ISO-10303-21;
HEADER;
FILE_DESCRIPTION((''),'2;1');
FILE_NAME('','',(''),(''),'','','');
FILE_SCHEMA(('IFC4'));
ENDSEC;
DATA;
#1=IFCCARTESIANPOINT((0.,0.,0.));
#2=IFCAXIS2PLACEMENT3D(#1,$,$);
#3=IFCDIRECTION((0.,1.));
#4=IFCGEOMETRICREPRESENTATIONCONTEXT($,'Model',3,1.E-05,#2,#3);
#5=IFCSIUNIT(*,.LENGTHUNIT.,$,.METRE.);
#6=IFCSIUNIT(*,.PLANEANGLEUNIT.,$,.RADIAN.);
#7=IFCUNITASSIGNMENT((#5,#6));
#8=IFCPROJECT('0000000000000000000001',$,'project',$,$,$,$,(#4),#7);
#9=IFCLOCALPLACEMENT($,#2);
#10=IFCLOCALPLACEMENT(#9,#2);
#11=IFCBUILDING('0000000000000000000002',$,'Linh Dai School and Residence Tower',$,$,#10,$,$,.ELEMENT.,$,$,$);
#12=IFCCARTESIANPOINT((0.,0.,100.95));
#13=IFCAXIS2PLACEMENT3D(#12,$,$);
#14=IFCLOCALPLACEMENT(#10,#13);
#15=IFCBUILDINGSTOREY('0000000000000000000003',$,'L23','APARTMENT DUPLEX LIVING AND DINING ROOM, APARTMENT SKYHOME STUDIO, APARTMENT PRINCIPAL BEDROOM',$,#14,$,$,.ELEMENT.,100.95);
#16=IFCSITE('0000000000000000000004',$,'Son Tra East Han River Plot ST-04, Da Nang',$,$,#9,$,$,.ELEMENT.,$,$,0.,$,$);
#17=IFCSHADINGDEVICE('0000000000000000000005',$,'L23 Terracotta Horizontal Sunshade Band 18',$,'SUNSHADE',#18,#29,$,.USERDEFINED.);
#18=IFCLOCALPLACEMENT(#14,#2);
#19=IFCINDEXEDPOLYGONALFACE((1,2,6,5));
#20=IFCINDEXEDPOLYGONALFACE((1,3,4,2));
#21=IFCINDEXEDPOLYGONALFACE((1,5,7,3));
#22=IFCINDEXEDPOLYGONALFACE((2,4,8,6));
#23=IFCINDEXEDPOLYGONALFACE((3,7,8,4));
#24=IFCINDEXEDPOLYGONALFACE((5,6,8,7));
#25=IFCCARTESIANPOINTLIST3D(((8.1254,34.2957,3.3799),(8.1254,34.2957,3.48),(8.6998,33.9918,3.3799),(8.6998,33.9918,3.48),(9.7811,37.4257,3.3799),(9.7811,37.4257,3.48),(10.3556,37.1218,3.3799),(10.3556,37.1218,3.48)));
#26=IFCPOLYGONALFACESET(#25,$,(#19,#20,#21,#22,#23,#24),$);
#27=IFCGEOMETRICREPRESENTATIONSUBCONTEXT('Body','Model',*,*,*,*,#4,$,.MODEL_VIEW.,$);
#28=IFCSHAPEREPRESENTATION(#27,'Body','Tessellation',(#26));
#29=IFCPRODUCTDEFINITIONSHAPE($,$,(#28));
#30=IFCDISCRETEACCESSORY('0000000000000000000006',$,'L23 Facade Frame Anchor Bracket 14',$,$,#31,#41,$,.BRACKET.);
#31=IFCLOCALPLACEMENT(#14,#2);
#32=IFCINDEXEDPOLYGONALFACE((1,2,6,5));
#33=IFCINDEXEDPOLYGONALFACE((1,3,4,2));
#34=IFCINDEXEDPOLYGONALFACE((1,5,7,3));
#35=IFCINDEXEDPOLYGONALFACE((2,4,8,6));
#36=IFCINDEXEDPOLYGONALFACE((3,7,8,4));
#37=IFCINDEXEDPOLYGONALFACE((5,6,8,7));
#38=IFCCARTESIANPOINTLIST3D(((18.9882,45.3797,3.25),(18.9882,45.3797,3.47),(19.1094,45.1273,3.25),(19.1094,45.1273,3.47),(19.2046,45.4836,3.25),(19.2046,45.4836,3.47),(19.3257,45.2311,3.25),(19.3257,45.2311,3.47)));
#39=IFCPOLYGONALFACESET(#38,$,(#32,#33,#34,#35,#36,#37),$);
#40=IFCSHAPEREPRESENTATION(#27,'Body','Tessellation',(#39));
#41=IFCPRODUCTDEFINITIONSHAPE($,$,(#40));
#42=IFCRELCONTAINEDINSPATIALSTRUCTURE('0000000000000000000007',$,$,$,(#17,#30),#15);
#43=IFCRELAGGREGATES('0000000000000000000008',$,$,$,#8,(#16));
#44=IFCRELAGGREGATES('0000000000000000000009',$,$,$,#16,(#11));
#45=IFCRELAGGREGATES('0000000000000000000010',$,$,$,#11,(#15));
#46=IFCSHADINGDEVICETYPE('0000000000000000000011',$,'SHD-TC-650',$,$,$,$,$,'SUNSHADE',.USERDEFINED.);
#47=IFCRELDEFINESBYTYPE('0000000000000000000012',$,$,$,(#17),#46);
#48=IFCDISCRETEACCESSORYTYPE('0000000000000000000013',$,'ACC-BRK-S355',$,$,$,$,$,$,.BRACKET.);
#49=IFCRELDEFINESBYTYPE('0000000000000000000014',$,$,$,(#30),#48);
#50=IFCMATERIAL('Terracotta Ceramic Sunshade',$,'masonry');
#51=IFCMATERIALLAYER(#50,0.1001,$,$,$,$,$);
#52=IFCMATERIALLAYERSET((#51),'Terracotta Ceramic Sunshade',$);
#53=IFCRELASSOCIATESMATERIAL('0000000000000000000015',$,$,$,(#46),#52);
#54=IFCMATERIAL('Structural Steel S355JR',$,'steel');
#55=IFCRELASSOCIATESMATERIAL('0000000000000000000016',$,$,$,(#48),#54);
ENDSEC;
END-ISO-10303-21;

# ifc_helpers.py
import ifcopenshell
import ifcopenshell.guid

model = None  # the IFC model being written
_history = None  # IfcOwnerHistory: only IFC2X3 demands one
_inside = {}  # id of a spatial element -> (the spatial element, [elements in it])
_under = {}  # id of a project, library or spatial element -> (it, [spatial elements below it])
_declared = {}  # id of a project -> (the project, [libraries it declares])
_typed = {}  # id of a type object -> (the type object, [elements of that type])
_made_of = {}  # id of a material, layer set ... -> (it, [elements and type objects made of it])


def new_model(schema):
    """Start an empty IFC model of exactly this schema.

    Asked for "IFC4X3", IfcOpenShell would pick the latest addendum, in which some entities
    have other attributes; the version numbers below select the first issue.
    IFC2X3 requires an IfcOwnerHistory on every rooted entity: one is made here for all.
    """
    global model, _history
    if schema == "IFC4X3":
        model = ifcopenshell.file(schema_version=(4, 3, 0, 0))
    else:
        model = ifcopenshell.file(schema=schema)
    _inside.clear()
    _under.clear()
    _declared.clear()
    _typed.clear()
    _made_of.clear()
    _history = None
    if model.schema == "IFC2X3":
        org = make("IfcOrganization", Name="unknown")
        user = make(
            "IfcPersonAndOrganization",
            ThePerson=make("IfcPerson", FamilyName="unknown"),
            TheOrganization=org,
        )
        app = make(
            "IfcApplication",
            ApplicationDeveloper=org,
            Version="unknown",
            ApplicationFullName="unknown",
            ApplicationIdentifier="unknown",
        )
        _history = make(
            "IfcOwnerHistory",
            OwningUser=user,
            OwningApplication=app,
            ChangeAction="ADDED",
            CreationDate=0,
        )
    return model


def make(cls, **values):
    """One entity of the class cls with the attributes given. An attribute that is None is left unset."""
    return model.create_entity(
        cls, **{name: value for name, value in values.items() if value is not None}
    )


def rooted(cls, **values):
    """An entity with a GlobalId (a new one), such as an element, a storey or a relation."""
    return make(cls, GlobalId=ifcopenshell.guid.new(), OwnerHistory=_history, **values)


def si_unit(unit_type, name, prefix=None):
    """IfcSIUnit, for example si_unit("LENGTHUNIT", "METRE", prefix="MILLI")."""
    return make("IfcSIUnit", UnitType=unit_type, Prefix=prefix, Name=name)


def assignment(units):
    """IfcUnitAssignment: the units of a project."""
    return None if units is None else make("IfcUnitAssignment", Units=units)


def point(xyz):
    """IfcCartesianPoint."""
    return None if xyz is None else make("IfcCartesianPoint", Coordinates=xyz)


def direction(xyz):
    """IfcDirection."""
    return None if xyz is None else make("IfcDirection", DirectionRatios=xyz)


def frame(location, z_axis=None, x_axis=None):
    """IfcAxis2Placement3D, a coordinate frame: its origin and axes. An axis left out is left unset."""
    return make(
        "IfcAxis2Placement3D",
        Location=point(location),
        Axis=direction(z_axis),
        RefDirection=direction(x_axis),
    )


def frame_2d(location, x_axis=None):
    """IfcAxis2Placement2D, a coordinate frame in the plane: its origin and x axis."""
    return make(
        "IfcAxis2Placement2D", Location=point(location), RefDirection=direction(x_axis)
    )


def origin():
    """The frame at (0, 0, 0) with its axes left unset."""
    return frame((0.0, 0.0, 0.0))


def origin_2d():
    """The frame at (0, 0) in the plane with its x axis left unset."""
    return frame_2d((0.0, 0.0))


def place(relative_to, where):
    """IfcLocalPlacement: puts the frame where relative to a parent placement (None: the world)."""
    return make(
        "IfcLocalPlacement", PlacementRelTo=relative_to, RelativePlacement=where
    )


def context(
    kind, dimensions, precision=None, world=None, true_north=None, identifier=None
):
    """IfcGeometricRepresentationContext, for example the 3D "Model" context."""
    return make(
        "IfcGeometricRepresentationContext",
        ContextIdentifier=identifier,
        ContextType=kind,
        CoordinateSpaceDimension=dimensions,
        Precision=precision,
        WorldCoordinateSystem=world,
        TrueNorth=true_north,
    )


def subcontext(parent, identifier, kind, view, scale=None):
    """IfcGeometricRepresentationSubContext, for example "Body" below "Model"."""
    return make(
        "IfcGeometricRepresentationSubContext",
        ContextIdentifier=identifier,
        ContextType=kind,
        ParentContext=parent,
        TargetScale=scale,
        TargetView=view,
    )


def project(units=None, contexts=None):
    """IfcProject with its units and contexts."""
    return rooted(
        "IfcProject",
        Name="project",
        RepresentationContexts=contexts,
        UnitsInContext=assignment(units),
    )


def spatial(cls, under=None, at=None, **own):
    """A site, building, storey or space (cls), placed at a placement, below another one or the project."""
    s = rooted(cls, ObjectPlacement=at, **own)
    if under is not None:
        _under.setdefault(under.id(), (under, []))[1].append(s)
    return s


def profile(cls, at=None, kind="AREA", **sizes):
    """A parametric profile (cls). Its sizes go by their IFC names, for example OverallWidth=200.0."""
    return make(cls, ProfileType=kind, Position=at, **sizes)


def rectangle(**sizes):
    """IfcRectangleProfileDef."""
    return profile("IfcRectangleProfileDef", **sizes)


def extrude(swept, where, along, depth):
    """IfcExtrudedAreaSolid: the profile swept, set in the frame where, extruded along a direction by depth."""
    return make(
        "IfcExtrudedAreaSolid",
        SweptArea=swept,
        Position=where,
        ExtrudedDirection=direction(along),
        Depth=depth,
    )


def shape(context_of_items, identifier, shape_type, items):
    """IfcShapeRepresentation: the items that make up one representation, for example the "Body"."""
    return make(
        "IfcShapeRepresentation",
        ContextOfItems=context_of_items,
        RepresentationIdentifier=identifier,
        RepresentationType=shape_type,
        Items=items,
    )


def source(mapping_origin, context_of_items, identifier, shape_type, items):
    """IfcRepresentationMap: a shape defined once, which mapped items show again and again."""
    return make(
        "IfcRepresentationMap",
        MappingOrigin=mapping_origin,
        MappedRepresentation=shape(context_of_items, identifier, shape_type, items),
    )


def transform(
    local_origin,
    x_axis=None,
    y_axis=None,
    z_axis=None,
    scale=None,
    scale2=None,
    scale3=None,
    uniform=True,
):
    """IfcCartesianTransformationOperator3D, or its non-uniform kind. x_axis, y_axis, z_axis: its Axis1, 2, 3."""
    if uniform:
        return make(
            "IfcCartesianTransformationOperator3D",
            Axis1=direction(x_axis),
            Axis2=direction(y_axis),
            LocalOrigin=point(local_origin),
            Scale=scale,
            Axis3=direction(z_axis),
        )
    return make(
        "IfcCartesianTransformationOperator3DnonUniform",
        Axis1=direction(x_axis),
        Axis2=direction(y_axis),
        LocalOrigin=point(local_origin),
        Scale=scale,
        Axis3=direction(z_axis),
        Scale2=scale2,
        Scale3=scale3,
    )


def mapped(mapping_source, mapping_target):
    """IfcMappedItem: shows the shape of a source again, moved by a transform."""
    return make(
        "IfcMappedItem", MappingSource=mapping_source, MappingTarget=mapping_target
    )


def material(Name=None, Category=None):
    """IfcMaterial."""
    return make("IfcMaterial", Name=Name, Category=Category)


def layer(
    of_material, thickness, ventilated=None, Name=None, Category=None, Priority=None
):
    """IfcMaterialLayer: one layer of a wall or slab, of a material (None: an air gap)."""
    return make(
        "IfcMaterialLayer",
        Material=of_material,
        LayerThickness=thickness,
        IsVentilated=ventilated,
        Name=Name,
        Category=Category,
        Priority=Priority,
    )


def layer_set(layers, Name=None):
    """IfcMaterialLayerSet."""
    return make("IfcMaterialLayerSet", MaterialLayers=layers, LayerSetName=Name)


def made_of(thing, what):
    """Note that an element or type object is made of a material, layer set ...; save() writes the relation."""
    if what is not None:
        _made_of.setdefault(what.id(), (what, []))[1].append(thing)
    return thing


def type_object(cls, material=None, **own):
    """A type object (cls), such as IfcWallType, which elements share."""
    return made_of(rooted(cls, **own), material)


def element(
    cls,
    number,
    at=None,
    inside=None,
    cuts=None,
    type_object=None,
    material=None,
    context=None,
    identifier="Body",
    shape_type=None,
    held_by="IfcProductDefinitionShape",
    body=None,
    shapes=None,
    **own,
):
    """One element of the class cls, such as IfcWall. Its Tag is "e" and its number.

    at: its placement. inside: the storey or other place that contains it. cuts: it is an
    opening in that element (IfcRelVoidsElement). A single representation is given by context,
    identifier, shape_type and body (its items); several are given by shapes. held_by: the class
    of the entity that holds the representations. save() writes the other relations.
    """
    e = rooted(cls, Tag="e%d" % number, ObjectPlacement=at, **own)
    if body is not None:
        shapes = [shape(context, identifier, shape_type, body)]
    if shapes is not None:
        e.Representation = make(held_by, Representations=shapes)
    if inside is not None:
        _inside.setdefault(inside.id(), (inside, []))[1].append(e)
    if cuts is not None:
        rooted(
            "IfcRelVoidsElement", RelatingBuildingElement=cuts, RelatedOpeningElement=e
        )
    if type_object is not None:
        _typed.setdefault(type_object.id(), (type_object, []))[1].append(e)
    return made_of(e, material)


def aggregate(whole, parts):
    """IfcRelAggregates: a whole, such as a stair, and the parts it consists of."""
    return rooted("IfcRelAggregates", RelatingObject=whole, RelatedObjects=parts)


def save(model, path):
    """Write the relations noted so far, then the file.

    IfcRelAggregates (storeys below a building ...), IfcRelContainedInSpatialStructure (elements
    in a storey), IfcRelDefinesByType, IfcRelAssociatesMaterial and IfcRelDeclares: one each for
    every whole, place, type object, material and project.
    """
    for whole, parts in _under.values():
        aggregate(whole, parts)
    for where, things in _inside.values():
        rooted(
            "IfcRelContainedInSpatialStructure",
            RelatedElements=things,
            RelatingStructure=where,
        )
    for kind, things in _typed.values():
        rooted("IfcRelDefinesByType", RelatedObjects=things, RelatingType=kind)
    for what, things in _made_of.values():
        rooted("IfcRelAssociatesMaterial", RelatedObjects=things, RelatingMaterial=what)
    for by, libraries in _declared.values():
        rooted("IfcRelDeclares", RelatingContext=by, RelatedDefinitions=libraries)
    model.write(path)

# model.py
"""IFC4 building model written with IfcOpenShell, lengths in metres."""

from ifc_helpers import new_model, si_unit, direction, frame, origin, origin_2d, place, context, subcontext, project, spatial, rectangle, extrude, source, transform, mapped, material, layer, layer_set, type_object, element, save


model = new_model("IFC4")

# Units and contexts
model_context = context("Model", 3, precision=1e-05, world=origin(), true_north=direction((0.0, 1.0)))
body_context = subcontext(model_context, "Body", "Model", "MODEL_VIEW")
ifc_project = project(units=[si_unit("LENGTHUNIT", "METRE"), si_unit("PLANEANGLEUNIT", "RADIAN")], contexts=[model_context])

# Site, building, storey
site_placement = place(None, origin())
site = spatial("IfcSite", under=ifc_project, at=site_placement, Name="Son Tra East Han River Plot ST-04, Da Nang", CompositionType="ELEMENT", RefElevation=0.0)
building_placement = place(site_placement, origin())
building = spatial("IfcBuilding", under=site, at=building_placement, Name="Linh Dai School and Residence Tower", CompositionType="ELEMENT")
storey_placement = place(building_placement, frame((0.0, 0.0, 100.95)))
storey = spatial("IfcBuildingStorey", under=building, at=storey_placement, Name="L23", Description="APARTMENT DUPLEX LIVING AND DINING ROOM, APARTMENT SKYHOME STUDIO, APARTMENT PRINCIPAL BEDROOM", CompositionType="ELEMENT", Elevation=100.95)

# Shared definitions
ifc_material_1 = material(Name="Structural Steel S355JR", Category="steel")

# Shading device
ifc_material_2 = material(Name="Terracotta Ceramic Sunshade", Category="masonry")
ifc_layer_1 = layer(ifc_material_2, 0.1001)
ifc_layer_set_1 = layer_set([ifc_layer_1], Name="Terracotta Ceramic Sunshade")
shading_device_type = type_object("IfcShadingDeviceType", Name="SHD-TC-650", ElementType="SUNSHADE", PredefinedType="USERDEFINED", material=ifc_layer_set_1)
shared_shape_1 = source(origin(), body_context, "Body", "SweptSolid", [
    extrude(rectangle(XDim=3.541, YDim=0.6499, at=origin_2d()), origin(), (0.0, 0.0, 1.0), 0.1001),
])
shading_device_1_placement = place(storey_placement, frame((9.2405, 35.7087, 3.3799), z_axis=(0.0, 0.0, 1.0), x_axis=(0.467596, 0.883942, 0.0)))
element("IfcShadingDevice", 1, at=shading_device_1_placement, inside=storey, type_object=shading_device_type, Name="L23 Terracotta Horizontal Sunshade Band 18", ObjectType="SUNSHADE", PredefinedType="USERDEFINED", context=body_context, shape_type="MappedRepresentation", body=[
    mapped(shared_shape_1, transform((0.0, 0.0, 0.0), x_axis=(1.0, 0.0, 0.0), y_axis=(0.0, 1.0, 0.0), z_axis=(0.0, 0.0, 1.0), scale=1.0)),
])

# Discrete accessory
discrete_accessory_type = type_object("IfcDiscreteAccessoryType", Name="ACC-BRK-S355", PredefinedType="BRACKET", material=ifc_material_1)
shared_shape_2 = source(origin(), body_context, "Body", "SweptSolid", [
    extrude(rectangle(XDim=0.28, YDim=0.24, at=origin_2d()), origin(), (0.0, 0.0, 1.0), 0.22),
])
discrete_accessory_placement = place(storey_placement, frame((19.157, 45.3054, 3.25), z_axis=(0.0, 0.0, 1.0), x_axis=(-0.432618, 0.901578, 0.0)))
element("IfcDiscreteAccessory", 2, at=discrete_accessory_placement, inside=storey, type_object=discrete_accessory_type, Name="L23 Facade Frame Anchor Bracket 14", PredefinedType="BRACKET", context=body_context, shape_type="MappedRepresentation", body=[
    mapped(shared_shape_2, transform((0.0, 0.0, 0.0), x_axis=(1.0, 0.0, 0.0), y_axis=(0.0, 1.0, 0.0), z_axis=(0.0, 0.0, 1.0), scale=1.0)),
])

save(model, "model.ifc")
